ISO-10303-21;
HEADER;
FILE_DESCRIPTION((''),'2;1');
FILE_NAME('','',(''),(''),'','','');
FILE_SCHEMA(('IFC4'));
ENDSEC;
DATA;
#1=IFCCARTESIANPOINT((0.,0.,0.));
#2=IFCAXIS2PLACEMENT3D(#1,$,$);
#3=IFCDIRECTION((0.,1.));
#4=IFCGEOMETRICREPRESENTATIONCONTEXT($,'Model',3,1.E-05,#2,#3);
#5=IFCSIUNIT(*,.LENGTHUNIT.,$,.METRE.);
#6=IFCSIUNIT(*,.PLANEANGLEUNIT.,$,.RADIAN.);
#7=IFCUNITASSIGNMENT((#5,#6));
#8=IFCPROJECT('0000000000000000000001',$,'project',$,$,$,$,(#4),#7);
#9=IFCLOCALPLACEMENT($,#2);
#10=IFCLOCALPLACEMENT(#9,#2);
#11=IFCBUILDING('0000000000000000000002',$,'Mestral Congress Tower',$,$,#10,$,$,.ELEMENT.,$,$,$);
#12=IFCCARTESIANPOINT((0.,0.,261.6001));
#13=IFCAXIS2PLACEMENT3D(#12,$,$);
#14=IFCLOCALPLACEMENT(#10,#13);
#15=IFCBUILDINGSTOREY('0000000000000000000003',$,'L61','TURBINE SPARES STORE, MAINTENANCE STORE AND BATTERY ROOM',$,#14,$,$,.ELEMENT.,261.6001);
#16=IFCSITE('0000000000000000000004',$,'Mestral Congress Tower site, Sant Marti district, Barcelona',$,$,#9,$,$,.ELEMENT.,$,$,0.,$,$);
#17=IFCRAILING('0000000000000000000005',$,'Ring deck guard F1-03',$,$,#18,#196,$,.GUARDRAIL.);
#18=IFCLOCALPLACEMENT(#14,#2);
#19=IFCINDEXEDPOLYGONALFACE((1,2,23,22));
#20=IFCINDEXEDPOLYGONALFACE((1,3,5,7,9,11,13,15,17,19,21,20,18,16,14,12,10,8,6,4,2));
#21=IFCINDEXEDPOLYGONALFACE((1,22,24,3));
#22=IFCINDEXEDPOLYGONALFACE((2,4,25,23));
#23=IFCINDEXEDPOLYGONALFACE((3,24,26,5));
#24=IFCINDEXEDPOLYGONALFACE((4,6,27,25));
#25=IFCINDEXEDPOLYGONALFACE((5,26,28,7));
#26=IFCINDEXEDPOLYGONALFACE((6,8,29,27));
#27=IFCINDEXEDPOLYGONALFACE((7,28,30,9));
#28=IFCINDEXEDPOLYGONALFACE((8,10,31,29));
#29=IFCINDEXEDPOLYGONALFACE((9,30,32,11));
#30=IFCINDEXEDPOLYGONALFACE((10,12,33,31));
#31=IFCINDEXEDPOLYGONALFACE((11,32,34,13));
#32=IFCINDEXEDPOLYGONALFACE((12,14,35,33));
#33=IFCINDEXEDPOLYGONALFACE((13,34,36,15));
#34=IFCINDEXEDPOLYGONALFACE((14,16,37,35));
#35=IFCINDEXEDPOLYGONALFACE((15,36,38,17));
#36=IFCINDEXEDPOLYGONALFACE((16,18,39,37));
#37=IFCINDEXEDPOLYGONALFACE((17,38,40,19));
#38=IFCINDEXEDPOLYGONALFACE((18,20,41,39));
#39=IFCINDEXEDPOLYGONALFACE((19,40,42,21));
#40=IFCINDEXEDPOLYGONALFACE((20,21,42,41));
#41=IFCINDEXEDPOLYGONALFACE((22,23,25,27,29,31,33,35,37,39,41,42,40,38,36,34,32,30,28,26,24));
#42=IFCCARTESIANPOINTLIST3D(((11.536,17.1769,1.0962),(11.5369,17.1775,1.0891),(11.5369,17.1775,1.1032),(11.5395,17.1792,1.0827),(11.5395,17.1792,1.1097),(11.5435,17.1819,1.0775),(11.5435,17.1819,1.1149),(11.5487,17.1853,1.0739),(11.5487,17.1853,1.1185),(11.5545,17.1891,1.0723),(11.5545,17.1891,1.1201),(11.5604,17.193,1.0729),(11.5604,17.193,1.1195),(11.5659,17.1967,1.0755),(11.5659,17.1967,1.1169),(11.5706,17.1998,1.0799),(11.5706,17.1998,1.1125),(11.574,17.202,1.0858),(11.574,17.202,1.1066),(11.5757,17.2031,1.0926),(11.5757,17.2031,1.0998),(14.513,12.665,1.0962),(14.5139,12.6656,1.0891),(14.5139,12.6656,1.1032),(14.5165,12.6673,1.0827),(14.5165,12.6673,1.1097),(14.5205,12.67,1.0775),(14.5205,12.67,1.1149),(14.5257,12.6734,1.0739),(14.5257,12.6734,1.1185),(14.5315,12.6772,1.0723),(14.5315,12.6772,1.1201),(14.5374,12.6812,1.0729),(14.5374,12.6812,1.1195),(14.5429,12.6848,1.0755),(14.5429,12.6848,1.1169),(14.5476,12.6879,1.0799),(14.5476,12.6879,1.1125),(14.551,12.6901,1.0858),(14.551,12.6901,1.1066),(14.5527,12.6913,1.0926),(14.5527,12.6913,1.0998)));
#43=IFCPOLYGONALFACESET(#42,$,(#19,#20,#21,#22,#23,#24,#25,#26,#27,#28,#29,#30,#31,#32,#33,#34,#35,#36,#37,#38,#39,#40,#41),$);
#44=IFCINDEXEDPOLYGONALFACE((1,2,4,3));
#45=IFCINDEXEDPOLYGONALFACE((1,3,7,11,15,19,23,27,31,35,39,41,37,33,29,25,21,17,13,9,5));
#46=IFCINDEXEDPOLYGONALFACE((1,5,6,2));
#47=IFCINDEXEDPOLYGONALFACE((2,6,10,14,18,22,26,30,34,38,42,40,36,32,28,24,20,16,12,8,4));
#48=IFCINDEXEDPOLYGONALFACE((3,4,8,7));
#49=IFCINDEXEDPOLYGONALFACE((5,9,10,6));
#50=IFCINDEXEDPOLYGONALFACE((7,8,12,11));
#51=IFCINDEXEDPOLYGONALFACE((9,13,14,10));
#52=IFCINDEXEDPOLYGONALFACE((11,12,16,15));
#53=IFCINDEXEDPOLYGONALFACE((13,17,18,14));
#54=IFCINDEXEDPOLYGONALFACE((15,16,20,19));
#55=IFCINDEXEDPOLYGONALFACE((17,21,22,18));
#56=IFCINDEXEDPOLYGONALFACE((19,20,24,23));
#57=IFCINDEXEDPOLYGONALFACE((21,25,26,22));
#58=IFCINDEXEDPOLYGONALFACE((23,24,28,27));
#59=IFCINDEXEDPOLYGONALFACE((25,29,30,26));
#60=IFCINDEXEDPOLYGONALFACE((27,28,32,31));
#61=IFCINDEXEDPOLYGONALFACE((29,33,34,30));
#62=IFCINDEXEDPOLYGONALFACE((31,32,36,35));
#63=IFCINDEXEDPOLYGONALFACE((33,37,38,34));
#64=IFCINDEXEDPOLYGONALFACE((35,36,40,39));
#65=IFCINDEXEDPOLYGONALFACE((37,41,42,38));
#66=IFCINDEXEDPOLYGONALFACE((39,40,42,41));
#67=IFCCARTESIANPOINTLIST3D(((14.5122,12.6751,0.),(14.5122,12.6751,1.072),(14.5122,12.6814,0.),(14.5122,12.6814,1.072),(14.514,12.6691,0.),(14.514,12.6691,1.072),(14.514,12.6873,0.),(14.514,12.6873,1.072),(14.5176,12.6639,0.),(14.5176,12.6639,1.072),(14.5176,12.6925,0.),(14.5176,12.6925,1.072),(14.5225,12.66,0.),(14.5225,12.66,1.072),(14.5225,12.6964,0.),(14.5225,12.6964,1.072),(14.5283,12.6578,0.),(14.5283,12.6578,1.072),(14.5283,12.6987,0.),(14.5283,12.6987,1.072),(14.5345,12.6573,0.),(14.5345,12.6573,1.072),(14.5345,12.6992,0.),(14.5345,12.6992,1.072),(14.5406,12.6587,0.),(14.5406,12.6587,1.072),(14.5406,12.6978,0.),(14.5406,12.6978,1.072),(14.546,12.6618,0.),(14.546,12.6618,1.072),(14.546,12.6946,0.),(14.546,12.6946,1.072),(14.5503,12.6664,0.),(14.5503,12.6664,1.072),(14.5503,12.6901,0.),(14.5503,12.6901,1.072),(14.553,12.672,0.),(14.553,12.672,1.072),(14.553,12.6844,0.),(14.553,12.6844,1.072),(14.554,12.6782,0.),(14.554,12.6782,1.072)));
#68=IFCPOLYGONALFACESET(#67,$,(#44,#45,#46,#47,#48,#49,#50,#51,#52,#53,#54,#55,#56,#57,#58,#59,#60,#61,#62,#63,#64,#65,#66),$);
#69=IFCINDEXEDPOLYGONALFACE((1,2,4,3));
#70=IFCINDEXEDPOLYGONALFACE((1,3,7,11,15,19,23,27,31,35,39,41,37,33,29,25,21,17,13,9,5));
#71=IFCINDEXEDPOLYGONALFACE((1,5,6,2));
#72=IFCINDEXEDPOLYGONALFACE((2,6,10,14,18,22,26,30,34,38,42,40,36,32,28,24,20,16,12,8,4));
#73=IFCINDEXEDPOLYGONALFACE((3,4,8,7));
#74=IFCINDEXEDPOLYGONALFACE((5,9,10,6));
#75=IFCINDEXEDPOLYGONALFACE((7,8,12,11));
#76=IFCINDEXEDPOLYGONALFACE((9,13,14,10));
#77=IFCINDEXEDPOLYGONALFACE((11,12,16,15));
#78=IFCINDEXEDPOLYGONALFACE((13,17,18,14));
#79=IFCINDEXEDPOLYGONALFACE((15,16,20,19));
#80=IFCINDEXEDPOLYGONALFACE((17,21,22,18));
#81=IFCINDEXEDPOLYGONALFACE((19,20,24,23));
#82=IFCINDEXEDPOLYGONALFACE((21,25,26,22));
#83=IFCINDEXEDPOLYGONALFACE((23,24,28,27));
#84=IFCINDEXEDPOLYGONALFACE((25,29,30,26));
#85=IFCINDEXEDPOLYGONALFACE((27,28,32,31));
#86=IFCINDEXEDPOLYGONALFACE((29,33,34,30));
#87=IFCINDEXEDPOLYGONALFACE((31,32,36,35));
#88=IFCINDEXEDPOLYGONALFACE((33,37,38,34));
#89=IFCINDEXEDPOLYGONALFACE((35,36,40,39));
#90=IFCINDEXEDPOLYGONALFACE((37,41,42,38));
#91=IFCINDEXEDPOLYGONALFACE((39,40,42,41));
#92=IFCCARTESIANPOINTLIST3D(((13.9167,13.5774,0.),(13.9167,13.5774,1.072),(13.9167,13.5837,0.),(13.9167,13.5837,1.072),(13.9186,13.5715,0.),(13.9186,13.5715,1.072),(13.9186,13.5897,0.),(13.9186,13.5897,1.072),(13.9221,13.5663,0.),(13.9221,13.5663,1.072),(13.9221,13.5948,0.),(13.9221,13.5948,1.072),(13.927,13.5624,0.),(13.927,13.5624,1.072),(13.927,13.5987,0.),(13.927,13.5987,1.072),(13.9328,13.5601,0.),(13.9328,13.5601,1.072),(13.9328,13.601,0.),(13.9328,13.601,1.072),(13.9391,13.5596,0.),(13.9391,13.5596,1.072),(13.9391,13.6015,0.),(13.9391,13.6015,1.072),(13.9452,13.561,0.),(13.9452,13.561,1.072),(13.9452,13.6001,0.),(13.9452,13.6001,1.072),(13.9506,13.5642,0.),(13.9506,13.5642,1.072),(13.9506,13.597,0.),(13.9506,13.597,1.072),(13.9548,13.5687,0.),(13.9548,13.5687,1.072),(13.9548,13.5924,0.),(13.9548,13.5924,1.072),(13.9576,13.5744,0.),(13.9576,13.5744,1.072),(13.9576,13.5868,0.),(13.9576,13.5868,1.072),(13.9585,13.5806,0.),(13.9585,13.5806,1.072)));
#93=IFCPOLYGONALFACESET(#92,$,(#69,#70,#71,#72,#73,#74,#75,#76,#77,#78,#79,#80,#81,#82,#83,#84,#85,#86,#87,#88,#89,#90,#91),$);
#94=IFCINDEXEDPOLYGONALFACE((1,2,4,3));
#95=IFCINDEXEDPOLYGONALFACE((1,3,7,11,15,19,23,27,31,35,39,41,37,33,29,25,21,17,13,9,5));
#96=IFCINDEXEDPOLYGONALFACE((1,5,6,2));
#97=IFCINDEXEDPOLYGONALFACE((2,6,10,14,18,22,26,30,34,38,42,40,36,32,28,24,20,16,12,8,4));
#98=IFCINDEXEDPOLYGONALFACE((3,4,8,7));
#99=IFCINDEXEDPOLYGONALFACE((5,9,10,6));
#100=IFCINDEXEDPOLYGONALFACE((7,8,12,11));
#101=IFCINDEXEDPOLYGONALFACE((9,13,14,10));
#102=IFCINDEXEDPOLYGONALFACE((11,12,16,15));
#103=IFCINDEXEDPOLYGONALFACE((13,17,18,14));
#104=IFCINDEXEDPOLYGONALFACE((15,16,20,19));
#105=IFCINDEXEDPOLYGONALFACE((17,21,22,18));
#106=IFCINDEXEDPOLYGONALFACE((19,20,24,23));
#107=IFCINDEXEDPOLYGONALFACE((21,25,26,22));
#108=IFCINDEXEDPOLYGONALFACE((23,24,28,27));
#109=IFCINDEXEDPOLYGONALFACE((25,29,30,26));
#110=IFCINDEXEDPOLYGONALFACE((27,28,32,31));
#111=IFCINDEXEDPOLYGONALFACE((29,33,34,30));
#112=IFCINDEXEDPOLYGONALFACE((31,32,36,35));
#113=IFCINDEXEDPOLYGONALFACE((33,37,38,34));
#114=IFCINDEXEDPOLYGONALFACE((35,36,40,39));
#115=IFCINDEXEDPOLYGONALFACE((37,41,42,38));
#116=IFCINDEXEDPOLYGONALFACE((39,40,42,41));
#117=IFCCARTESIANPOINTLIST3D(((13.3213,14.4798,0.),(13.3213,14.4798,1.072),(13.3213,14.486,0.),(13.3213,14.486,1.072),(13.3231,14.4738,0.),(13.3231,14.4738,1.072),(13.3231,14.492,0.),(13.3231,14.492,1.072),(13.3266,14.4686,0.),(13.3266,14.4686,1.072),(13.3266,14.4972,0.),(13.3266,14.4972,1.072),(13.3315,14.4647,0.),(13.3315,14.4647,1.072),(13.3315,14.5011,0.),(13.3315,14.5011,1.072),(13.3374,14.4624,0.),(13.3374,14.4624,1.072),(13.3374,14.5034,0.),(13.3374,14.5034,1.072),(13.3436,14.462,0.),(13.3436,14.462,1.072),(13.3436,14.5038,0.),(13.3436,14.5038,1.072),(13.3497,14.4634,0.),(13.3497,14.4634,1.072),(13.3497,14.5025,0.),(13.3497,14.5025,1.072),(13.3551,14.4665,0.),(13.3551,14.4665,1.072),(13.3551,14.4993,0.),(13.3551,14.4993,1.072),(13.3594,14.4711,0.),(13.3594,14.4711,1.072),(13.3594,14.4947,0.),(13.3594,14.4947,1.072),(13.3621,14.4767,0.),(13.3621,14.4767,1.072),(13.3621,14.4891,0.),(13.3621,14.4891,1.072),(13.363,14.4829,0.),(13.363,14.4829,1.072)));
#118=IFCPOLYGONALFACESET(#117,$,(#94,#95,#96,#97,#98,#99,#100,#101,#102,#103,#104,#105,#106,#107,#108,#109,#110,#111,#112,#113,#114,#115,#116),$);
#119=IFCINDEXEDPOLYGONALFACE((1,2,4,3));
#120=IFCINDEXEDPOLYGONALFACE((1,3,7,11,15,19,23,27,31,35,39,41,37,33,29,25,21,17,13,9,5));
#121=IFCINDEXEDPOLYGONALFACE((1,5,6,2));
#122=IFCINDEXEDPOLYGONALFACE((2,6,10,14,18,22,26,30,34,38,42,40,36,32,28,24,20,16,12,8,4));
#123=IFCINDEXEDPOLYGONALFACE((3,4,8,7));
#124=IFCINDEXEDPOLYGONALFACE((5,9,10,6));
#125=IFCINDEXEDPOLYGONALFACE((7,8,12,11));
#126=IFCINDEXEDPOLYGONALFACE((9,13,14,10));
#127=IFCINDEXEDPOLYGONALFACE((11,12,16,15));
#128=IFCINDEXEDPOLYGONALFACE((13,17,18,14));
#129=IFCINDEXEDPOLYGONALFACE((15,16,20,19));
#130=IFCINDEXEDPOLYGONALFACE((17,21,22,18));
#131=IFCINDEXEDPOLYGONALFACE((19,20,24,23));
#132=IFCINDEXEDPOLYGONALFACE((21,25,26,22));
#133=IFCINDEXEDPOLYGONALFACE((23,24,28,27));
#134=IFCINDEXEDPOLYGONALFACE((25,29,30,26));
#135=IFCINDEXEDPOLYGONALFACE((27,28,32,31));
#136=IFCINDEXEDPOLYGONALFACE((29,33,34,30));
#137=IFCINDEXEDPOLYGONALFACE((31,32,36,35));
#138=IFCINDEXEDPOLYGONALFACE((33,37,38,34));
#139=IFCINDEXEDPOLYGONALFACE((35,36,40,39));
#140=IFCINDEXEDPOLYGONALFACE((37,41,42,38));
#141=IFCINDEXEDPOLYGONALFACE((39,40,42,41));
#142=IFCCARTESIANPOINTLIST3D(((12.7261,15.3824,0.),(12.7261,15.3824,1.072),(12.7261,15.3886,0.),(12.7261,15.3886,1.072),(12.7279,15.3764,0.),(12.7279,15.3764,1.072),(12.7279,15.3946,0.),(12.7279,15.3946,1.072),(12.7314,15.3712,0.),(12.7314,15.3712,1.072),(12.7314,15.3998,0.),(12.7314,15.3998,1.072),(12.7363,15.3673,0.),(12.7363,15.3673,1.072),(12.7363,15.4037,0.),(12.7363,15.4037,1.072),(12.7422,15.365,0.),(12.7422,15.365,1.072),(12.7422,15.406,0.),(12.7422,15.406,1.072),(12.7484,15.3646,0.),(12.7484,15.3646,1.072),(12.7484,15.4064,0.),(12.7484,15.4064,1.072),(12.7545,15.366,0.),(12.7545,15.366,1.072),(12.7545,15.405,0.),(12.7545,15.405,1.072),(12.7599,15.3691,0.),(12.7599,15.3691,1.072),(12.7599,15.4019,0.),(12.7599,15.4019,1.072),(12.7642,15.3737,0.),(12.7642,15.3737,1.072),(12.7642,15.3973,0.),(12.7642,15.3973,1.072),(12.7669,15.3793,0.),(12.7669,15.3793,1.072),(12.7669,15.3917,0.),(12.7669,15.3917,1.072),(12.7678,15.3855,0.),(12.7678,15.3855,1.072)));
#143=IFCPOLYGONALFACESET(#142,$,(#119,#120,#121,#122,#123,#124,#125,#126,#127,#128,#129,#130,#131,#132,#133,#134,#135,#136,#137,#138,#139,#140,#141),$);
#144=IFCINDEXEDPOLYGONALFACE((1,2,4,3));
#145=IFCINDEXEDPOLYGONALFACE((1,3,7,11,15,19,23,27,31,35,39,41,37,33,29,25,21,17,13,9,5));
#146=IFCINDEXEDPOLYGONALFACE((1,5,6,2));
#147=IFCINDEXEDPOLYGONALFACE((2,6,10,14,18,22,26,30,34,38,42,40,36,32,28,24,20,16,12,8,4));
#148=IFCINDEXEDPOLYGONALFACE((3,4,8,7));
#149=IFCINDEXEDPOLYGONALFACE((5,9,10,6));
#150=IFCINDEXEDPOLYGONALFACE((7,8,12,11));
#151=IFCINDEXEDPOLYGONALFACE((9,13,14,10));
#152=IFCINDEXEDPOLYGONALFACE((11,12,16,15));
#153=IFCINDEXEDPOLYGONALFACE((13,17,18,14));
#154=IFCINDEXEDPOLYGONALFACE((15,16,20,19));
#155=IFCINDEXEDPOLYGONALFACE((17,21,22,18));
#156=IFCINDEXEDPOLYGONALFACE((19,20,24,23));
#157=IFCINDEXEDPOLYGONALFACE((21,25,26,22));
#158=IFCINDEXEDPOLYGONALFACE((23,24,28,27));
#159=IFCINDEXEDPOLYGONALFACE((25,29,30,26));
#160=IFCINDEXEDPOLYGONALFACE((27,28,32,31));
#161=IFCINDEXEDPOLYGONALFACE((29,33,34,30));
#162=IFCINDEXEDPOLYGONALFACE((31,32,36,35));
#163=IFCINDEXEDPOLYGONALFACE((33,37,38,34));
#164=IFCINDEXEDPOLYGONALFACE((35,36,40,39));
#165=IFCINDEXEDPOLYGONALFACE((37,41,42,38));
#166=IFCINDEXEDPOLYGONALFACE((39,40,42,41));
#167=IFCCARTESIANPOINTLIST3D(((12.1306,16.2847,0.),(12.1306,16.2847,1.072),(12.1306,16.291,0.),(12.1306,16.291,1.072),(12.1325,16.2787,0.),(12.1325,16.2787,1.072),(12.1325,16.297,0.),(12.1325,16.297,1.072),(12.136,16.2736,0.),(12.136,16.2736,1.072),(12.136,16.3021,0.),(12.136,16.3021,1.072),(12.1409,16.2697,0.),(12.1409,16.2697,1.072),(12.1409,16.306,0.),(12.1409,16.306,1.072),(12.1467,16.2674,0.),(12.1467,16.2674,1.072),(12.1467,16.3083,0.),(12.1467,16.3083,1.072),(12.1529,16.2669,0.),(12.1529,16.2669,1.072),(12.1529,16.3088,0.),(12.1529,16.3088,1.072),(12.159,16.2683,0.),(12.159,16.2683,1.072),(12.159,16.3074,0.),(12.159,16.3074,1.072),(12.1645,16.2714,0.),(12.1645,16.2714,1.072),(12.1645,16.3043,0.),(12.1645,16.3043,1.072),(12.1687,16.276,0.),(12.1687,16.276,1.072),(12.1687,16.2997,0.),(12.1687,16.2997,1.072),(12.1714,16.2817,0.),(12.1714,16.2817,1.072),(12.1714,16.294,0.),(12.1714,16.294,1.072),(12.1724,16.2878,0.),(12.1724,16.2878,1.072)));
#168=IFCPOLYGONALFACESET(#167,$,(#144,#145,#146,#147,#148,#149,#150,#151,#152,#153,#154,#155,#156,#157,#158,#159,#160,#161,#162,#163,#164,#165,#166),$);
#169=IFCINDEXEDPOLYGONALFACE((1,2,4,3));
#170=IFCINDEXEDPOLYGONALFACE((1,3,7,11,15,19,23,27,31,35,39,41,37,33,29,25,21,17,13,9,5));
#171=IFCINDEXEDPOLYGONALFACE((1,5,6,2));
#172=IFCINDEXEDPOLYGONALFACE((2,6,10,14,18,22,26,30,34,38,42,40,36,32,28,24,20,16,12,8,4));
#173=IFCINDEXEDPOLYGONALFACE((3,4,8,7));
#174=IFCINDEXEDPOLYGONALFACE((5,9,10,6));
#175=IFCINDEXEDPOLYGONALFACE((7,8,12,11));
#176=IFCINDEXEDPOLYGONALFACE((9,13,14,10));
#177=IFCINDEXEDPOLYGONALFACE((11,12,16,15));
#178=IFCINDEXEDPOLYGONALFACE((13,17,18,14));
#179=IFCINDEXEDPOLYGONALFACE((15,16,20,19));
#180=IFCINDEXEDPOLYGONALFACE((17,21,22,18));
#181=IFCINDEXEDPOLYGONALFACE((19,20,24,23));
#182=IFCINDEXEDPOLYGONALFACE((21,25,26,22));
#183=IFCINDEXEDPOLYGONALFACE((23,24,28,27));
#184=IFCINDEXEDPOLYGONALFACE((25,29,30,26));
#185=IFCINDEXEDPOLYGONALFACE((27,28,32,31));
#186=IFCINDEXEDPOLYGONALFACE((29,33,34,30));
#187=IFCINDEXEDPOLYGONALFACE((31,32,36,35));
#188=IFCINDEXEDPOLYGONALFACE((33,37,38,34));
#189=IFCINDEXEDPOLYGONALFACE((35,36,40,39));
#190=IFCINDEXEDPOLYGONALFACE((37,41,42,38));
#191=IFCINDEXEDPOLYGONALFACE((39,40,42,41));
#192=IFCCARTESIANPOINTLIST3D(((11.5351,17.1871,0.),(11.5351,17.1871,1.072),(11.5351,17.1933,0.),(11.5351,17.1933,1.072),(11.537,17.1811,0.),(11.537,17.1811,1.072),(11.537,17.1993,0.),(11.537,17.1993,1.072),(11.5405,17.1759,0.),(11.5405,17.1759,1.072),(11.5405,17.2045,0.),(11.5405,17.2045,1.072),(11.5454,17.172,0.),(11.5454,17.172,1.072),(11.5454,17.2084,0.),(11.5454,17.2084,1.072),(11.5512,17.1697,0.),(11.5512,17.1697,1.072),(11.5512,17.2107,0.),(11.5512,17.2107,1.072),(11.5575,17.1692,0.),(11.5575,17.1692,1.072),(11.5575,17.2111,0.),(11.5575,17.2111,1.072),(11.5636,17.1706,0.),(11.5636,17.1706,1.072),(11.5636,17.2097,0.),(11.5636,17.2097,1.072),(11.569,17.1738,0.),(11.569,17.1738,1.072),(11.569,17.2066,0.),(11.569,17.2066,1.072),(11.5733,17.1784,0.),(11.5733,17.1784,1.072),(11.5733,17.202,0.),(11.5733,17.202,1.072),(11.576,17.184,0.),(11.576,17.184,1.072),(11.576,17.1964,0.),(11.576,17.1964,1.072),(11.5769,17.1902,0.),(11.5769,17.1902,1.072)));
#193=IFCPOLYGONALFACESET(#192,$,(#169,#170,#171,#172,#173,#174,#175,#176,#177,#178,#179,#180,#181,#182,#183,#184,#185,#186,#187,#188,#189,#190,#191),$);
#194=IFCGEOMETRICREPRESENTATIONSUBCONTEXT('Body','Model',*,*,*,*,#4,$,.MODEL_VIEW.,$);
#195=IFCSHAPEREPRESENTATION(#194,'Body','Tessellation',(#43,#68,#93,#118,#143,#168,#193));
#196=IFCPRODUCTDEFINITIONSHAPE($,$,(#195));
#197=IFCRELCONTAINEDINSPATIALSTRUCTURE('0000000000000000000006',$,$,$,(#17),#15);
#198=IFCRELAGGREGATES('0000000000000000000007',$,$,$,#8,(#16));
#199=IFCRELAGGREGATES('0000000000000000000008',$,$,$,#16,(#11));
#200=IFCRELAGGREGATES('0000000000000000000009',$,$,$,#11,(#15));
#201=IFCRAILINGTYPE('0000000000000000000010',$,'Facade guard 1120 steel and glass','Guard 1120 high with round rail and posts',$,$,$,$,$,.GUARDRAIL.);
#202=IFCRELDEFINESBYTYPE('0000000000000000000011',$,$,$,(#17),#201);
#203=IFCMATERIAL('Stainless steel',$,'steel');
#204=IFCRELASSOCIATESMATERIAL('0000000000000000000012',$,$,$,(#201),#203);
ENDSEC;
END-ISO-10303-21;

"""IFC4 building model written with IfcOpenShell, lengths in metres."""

from ifc_helpers import new_model, si_unit, direction, frame, origin, origin_2d, place, context, subcontext, project, spatial, circle, extrude, material, type_object, element, save


model = new_model("IFC4")

# Units and contexts
model_context = context("Model", 3, precision=1e-05, world=origin(), true_north=direction((0.0, 1.0)))
body_context = subcontext(model_context, "Body", "Model", "MODEL_VIEW")
ifc_project = project(units=[si_unit("LENGTHUNIT", "METRE"), si_unit("PLANEANGLEUNIT", "RADIAN")], contexts=[model_context])

# Site, building, storey
site_placement = place(None, origin())
site = spatial("IfcSite", under=ifc_project, at=site_placement, Name="Mestral Congress Tower site, Sant Marti district, Barcelona", CompositionType="ELEMENT", RefElevation=0.0)
building_placement = place(site_placement, origin())
building = spatial("IfcBuilding", under=site, at=building_placement, Name="Mestral Congress Tower", CompositionType="ELEMENT")
storey_placement = place(building_placement, frame((0.0, 0.0, 261.6001)))
storey = spatial("IfcBuildingStorey", under=building, at=storey_placement, Name="L61", Description="TURBINE SPARES STORE, MAINTENANCE STORE AND BATTERY ROOM", CompositionType="ELEMENT", Elevation=261.6001)

# Railing
ifc_material_1 = material(Name="Stainless steel", Category="steel")
railing_type_1 = type_object("IfcRailingType", Name="Facade guard 1120 steel and glass", Description="Guard 1120 high with round rail and posts", PredefinedType="GUARDRAIL", material=ifc_material_1)
railing_1_placement = place(storey_placement, frame((14.533, 12.6782, 0.0)))
element("IfcRailing", 1, at=railing_1_placement, inside=storey, type_object=railing_type_1, Name="Ring deck guard F1-03", PredefinedType="GUARDRAIL", context=body_context, shape_type="SweptSolid", body=[
    extrude(circle(Radius=0.0239, at=origin_2d()), frame((0.0, 0.0, 1.0962), z_axis=(-0.550733, 0.834681, 0.0), x_axis=(-0.834681, -0.550733, 0.0)), (0.0, 0.0, 1.0), 5.4055),
    extrude(circle(Radius=0.021, at=origin_2d()), origin(), (0.0, 0.0, 1.0), 1.072),
    extrude(circle(Radius=0.021, at=origin_2d()), frame((-0.5955, 0.9023, 0.0)), (0.0, 0.0, 1.0), 1.072),
    extrude(circle(Radius=0.021, at=origin_2d()), frame((-1.1909, 1.8047, 0.0)), (0.0, 0.0, 1.0), 1.072),
    extrude(circle(Radius=0.021, at=origin_2d()), frame((-1.7861, 2.7073, 0.0)), (0.0, 0.0, 1.0), 1.072),
    extrude(circle(Radius=0.021, at=origin_2d()), frame((-2.3816, 3.6096, 0.0)), (0.0, 0.0, 1.0), 1.072),
    extrude(circle(Radius=0.021, at=origin_2d()), frame((-2.9771, 4.512, 0.0)), (0.0, 0.0, 1.0), 1.072),
])

save(model, "model.ifc")
